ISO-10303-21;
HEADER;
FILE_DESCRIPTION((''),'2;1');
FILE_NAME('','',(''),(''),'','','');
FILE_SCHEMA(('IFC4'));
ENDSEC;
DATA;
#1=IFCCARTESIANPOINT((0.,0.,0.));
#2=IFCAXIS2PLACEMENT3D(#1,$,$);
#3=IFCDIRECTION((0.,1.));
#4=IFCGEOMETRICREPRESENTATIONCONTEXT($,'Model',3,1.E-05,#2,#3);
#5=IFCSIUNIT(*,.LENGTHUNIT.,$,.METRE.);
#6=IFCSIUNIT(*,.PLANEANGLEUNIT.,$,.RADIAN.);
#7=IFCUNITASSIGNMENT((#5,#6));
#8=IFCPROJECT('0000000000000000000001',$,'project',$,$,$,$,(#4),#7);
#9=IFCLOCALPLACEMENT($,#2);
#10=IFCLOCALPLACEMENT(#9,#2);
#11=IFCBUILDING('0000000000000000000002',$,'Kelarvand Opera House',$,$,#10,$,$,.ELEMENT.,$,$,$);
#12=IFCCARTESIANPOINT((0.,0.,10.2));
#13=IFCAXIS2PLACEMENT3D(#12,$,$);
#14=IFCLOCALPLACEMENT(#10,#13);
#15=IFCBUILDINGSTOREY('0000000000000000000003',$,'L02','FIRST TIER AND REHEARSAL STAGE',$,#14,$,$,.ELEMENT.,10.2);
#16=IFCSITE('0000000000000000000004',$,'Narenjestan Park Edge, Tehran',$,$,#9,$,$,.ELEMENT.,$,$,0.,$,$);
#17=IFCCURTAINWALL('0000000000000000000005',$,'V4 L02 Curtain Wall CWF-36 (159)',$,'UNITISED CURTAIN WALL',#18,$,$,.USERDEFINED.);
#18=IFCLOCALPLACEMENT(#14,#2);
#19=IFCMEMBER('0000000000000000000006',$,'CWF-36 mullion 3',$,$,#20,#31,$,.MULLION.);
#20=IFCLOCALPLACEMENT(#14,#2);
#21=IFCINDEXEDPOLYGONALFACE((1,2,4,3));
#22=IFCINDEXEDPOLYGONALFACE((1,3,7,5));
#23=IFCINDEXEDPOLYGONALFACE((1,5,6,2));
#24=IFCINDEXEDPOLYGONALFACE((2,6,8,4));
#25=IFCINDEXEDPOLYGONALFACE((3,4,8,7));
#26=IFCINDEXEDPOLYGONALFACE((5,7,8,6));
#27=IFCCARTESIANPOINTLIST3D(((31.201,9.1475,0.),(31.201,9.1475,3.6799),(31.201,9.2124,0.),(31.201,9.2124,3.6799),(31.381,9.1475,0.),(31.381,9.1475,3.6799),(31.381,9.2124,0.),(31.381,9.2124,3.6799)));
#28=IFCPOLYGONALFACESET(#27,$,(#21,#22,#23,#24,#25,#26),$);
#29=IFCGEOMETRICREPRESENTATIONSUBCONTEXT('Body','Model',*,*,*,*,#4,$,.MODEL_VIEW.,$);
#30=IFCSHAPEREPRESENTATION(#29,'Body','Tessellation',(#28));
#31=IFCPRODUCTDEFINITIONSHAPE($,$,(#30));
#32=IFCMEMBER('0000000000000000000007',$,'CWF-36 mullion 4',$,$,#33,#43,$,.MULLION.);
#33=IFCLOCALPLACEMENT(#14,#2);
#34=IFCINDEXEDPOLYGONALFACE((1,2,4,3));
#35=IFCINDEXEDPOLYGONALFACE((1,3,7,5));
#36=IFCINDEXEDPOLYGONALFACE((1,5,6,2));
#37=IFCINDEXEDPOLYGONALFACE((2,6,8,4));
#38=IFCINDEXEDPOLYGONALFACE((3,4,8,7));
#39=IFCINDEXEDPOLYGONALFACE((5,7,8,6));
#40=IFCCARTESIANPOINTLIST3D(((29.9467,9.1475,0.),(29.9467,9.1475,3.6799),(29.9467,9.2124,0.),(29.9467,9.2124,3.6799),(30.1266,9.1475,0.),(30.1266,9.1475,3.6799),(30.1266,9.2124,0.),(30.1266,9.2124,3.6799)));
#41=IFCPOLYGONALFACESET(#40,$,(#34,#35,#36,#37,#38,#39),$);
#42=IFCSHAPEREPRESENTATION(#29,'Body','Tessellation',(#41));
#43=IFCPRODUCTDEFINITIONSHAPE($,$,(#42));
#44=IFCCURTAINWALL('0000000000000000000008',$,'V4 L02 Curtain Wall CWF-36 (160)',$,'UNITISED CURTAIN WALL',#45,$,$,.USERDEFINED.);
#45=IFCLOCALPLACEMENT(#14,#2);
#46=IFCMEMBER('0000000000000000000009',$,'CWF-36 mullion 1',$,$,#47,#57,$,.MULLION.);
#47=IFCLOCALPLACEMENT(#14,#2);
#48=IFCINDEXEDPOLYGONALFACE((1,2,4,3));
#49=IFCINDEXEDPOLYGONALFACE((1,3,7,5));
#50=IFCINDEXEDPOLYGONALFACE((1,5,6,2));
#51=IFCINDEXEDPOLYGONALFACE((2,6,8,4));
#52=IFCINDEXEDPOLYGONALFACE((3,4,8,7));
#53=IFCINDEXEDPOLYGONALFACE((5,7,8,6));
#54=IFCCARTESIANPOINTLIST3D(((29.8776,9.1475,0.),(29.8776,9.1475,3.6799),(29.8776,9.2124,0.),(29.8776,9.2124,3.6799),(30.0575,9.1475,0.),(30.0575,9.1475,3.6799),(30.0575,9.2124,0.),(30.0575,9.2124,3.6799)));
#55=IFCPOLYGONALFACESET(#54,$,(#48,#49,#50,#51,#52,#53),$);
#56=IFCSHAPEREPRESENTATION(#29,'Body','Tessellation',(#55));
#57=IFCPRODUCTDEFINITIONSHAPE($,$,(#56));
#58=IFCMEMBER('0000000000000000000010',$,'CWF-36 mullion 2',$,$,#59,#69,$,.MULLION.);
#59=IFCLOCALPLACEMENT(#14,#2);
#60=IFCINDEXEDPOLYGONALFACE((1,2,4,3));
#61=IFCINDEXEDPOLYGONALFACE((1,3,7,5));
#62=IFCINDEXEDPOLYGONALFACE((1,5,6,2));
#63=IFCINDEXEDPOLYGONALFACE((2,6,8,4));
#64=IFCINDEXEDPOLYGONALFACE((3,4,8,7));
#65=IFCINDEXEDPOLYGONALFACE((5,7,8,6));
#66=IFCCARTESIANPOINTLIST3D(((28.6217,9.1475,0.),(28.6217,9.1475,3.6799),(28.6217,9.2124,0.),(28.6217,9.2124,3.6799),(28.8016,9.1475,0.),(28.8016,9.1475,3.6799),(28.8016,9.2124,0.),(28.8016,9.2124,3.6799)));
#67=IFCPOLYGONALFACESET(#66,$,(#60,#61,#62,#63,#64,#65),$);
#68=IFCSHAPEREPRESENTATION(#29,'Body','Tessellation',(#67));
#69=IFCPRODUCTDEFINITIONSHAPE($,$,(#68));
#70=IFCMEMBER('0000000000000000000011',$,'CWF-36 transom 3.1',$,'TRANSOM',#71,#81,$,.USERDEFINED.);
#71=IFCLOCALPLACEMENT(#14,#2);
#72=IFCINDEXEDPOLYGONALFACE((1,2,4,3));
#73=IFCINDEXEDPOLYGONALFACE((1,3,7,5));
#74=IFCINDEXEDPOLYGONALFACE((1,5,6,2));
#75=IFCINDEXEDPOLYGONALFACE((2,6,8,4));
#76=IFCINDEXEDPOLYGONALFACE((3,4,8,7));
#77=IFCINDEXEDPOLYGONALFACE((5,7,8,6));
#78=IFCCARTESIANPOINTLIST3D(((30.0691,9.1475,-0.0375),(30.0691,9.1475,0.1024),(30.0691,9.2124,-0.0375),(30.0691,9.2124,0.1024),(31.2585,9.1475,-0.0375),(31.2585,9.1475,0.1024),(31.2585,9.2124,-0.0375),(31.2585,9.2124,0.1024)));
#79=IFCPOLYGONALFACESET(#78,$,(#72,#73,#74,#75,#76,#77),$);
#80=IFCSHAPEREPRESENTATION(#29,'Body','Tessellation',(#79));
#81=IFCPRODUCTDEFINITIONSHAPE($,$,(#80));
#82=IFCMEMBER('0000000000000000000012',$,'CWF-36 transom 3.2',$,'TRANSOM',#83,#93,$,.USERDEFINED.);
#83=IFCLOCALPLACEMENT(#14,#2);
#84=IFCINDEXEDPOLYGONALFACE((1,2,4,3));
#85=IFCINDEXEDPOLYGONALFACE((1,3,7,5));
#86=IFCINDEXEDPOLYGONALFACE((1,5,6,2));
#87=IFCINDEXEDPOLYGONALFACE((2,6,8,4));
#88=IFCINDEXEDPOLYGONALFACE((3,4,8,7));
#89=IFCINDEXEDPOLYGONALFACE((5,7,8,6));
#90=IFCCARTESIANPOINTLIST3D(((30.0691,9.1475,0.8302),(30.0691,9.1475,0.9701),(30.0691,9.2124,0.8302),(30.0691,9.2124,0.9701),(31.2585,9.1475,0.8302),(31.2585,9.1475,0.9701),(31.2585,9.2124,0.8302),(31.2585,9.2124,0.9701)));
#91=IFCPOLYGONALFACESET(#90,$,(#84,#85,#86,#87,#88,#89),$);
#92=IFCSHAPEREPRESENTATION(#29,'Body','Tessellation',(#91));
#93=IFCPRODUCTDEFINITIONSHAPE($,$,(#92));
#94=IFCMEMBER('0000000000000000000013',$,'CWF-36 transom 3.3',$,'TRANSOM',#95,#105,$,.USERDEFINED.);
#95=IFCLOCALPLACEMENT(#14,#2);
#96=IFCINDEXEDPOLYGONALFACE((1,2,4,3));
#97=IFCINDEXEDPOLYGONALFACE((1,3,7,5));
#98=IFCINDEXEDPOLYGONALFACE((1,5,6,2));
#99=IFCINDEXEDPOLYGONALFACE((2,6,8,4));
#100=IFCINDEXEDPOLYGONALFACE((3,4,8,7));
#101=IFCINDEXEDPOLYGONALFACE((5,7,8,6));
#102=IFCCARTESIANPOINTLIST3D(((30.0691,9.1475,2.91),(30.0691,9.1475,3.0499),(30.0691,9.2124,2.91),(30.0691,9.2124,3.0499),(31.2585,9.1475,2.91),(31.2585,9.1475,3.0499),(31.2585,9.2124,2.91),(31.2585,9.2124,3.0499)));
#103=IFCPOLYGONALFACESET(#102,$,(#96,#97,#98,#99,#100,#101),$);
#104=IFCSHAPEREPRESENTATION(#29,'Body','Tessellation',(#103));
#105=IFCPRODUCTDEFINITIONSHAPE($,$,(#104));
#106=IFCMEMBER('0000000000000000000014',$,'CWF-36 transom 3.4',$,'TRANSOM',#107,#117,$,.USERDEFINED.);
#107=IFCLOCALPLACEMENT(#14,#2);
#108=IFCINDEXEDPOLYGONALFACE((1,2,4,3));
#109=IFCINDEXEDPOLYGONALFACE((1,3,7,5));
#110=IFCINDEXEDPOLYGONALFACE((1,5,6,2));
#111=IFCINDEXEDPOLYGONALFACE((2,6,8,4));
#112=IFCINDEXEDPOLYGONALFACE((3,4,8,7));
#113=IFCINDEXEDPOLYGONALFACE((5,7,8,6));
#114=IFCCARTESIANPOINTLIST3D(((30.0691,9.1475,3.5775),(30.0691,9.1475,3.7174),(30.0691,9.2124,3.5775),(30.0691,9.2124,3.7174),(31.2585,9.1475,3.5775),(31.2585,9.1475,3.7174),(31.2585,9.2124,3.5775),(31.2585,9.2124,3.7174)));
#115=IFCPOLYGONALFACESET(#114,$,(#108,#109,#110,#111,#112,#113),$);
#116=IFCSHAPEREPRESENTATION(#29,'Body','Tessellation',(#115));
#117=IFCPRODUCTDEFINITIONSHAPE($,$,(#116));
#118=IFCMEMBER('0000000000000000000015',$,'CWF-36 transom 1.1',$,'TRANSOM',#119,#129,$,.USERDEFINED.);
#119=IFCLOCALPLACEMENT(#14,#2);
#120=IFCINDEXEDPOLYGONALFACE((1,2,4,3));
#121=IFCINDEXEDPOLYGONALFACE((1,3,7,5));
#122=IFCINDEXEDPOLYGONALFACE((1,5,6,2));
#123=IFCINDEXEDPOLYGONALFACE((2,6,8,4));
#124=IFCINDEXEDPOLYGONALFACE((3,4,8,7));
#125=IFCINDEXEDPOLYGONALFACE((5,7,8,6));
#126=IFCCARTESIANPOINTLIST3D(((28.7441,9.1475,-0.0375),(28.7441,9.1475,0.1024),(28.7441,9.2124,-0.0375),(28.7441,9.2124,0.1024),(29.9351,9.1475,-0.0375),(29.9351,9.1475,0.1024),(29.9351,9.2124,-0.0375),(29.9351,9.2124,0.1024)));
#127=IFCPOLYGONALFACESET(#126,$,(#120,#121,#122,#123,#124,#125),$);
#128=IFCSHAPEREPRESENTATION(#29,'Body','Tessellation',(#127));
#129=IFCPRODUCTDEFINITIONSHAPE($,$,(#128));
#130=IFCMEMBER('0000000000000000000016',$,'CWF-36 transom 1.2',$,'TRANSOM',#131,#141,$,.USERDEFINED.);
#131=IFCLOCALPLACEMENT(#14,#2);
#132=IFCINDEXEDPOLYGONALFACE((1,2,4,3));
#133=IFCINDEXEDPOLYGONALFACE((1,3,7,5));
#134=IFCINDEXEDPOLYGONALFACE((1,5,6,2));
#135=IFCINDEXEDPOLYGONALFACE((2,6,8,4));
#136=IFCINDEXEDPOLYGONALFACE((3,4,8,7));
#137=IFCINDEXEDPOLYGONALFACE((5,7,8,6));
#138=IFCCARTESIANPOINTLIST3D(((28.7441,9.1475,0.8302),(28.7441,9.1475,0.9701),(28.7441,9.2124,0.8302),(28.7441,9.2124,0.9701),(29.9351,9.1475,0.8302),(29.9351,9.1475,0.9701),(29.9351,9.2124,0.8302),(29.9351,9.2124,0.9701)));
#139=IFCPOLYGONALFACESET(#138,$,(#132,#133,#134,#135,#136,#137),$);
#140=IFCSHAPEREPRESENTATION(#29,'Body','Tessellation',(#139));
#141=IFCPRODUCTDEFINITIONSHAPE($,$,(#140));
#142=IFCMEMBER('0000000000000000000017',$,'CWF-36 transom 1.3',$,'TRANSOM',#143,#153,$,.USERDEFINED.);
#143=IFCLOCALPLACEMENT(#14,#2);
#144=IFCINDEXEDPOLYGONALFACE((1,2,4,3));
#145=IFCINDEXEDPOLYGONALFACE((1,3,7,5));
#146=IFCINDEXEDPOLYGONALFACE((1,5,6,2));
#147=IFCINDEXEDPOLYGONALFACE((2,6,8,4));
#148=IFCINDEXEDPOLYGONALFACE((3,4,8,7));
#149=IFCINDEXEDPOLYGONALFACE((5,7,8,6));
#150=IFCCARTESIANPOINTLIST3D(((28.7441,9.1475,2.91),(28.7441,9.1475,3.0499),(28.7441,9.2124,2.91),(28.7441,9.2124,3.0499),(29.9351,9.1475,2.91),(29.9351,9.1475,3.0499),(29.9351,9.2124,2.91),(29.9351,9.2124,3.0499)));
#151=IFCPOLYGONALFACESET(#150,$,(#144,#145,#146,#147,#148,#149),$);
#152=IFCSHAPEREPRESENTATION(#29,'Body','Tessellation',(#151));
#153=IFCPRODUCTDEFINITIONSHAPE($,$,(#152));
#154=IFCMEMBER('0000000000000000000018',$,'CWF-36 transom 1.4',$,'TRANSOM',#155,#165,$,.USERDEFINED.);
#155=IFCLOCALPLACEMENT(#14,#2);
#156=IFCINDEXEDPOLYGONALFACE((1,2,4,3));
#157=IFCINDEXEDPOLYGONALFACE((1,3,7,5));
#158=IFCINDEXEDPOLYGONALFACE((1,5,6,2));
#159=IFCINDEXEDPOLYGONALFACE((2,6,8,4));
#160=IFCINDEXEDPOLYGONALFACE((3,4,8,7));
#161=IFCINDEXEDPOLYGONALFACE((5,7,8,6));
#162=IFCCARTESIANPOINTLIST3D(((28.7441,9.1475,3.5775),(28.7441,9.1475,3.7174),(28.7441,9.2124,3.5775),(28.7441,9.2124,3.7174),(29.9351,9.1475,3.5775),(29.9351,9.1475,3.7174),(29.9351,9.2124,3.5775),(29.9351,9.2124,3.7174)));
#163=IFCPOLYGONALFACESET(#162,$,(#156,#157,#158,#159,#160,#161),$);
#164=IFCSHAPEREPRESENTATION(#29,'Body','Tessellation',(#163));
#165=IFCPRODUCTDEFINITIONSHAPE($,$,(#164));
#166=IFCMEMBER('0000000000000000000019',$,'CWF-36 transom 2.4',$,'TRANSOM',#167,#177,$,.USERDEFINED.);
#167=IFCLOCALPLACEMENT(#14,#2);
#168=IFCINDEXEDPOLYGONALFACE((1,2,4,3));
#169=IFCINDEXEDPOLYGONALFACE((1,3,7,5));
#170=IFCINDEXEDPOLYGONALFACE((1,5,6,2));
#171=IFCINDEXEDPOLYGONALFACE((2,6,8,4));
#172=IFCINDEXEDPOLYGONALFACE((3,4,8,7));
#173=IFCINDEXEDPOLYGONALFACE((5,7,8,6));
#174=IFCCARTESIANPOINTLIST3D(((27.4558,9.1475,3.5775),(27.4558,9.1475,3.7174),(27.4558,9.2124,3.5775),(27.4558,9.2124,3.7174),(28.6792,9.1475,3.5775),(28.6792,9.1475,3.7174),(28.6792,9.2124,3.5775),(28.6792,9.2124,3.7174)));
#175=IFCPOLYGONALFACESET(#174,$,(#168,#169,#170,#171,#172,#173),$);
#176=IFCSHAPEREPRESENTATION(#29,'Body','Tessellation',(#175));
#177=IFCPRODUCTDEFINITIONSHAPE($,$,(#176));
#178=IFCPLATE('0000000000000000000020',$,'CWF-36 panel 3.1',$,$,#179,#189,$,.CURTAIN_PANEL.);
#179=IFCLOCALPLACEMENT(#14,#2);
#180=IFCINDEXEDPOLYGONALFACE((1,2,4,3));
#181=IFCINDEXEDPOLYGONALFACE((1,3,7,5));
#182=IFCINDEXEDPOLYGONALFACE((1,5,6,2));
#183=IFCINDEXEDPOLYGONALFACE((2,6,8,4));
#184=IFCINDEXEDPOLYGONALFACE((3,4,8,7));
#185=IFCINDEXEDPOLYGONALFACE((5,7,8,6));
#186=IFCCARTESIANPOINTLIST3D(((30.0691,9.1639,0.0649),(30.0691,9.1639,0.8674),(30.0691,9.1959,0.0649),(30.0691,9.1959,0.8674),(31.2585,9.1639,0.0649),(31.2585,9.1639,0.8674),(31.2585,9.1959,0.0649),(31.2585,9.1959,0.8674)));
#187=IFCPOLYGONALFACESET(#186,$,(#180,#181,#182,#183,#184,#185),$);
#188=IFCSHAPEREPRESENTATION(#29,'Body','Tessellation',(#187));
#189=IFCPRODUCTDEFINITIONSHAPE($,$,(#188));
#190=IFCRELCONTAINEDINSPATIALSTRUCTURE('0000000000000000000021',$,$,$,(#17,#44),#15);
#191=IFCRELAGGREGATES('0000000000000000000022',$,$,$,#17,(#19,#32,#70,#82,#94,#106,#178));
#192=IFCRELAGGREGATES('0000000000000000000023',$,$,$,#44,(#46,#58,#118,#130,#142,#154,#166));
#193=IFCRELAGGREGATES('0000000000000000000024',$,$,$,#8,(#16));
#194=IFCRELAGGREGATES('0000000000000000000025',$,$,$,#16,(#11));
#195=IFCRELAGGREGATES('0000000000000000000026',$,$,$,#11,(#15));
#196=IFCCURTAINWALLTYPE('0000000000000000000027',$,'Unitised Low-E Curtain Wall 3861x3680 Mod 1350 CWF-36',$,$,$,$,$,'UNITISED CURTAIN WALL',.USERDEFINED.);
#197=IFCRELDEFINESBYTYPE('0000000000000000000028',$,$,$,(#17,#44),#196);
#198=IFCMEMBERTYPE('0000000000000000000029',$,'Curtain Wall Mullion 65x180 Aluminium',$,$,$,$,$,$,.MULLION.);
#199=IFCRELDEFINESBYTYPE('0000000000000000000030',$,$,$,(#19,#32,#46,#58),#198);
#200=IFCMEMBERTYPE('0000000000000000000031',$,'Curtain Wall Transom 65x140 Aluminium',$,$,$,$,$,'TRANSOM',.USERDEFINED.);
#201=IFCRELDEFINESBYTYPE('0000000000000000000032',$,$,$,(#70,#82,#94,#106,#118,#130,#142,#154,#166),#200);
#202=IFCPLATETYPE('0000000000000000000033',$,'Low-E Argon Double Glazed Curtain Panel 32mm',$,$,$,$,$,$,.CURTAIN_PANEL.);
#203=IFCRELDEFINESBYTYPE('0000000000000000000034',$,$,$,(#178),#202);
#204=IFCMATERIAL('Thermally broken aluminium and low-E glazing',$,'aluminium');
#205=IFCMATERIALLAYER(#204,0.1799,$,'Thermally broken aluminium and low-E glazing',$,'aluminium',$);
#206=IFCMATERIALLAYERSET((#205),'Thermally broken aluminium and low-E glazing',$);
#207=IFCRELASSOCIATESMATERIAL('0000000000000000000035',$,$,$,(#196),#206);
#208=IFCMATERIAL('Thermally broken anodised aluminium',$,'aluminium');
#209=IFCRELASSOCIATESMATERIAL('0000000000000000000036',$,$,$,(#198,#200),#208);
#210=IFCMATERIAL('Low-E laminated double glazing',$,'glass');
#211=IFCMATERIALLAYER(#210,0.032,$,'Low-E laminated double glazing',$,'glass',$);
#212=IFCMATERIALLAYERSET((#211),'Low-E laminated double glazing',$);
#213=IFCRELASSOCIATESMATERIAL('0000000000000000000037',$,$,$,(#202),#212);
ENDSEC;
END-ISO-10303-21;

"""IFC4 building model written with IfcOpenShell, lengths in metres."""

from ifc_helpers import new_model, si_unit, direction, frame, origin, origin_2d, place, context, subcontext, project, spatial, rectangle, extrude, material, layer, layer_set, material_profile, profile_set, type_object, element, aggregate, save


model = new_model("IFC4")

# Units and contexts
model_context = context("Model", 3, precision=1e-05, world=origin(), true_north=direction((0.0, 1.0)))
body_context = subcontext(model_context, "Body", "Model", "MODEL_VIEW")
ifc_project = project(units=[si_unit("LENGTHUNIT", "METRE"), si_unit("PLANEANGLEUNIT", "RADIAN")], contexts=[model_context])

# Site, building, storey
site_placement = place(None, origin())
site = spatial("IfcSite", under=ifc_project, at=site_placement, Name="Narenjestan Park Edge, Tehran", CompositionType="ELEMENT", RefElevation=0.0)
building_placement = place(site_placement, origin())
building = spatial("IfcBuilding", under=site, at=building_placement, Name="Kelarvand Opera House", CompositionType="ELEMENT")
storey_placement = place(building_placement, frame((0.0, 0.0, 10.2)))
storey = spatial("IfcBuildingStorey", under=building, at=storey_placement, Name="L02", Description="FIRST TIER AND REHEARSAL STAGE", CompositionType="ELEMENT", Elevation=10.2)

# Curtain walls, members
ifc_material_1 = material(Name="Thermally broken aluminium and low-E glazing", Category="aluminium")
ifc_layer_1 = layer(ifc_material_1, 0.1799, Name="Thermally broken aluminium and low-E glazing", Category="aluminium")
ifc_layer_set_1 = layer_set([ifc_layer_1], Name="Thermally broken aluminium and low-E glazing")
curtain_wall_type = type_object("IfcCurtainWallType", Name="Unitised Low-E Curtain Wall 3861x3680 Mod 1350 CWF-36", ElementType="UNITISED CURTAIN WALL", PredefinedType="USERDEFINED", material=ifc_layer_set_1)
curtain_wall_1_placement = place(storey_placement, origin())
curtain_wall_1 = element("IfcCurtainWall", 1, at=curtain_wall_1_placement, inside=storey, type_object=curtain_wall_type, Name="V4 L02 Curtain Wall CWF-36 (159)", ObjectType="UNITISED CURTAIN WALL", PredefinedType="USERDEFINED")
ifc_material_2 = material(Name="Thermally broken anodised aluminium", Category="aluminium")
ifc_material_profile_1 = material_profile(ifc_material_2, rectangle(XDim=0.0649, YDim=0.1799, at=origin_2d()), Name="ALU MULLION 65x180", Category="aluminium")
ifc_profile_set_1 = profile_set([ifc_material_profile_1], Name="Thermally broken anodised aluminium")
member_type_1 = type_object("IfcMemberType", Name="Curtain Wall Mullion 65x180 Aluminium", PredefinedType="MULLION", material=ifc_profile_set_1)
member_1_placement = place(storey_placement, frame((31.291, 9.1799, 0.0), z_axis=(0.0, 0.0, 1.0), x_axis=(0.0, -1.0, 0.0)))
member_1 = element("IfcMember", 2, at=member_1_placement, type_object=member_type_1, Name="CWF-36 mullion 3", PredefinedType="MULLION", context=body_context, shape_type="SweptSolid", body=[
    extrude(rectangle(XDim=0.0649, YDim=0.1799, at=origin_2d()), origin(), (0.0, 0.0, 1.0), 3.6799),
])
member_2_placement = place(storey_placement, frame((30.0366, 9.1799, 0.0), z_axis=(0.0, 0.0, 1.0), x_axis=(0.0, -1.0, 0.0)))
member_2 = element("IfcMember", 3, at=member_2_placement, type_object=member_type_1, Name="CWF-36 mullion 4", PredefinedType="MULLION", context=body_context, shape_type="SweptSolid", body=[
    extrude(rectangle(XDim=0.0649, YDim=0.1799, at=origin_2d()), origin(), (0.0, 0.0, 1.0), 3.6799),
])
curtain_wall_2_placement = place(storey_placement, origin())
curtain_wall_2 = element("IfcCurtainWall", 4, at=curtain_wall_2_placement, inside=storey, type_object=curtain_wall_type, Name="V4 L02 Curtain Wall CWF-36 (160)", ObjectType="UNITISED CURTAIN WALL", PredefinedType="USERDEFINED")
member_3_placement = place(storey_placement, frame((29.9675, 9.1799, 0.0), z_axis=(0.0, 0.0, 1.0), x_axis=(0.0, -1.0, 0.0)))
member_3 = element("IfcMember", 5, at=member_3_placement, type_object=member_type_1, Name="CWF-36 mullion 1", PredefinedType="MULLION", context=body_context, shape_type="SweptSolid", body=[
    extrude(rectangle(XDim=0.0649, YDim=0.1799, at=origin_2d()), origin(), (0.0, 0.0, 1.0), 3.6799),
])
member_4_placement = place(storey_placement, frame((28.7117, 9.1799, 0.0), z_axis=(0.0, 0.0, 1.0), x_axis=(0.0, -1.0, 0.0)))
member_4 = element("IfcMember", 6, at=member_4_placement, type_object=member_type_1, Name="CWF-36 mullion 2", PredefinedType="MULLION", context=body_context, shape_type="SweptSolid", body=[
    extrude(rectangle(XDim=0.0649, YDim=0.1799, at=origin_2d()), origin(), (0.0, 0.0, 1.0), 3.6799),
])

# Members
ifc_material_profile_2 = material_profile(ifc_material_2, rectangle(XDim=0.0649, YDim=0.1399, at=origin_2d()), Name="ALU TRANSOM 65x140", Category="aluminium")
ifc_profile_set_2 = profile_set([ifc_material_profile_2], Name="Thermally broken anodised aluminium")
member_type_2 = type_object("IfcMemberType", Name="Curtain Wall Transom 65x140 Aluminium", ElementType="TRANSOM", PredefinedType="USERDEFINED", material=ifc_profile_set_2)
member_5_placement = place(storey_placement, frame((31.2585, 9.1799, 0.0325), z_axis=(-1.0, 0.0, 0.0), x_axis=(0.0, -1.0, 0.0)))
member_5 = element("IfcMember", 7, at=member_5_placement, type_object=member_type_2, Name="CWF-36 transom 3.1", ObjectType="TRANSOM", PredefinedType="USERDEFINED", context=body_context, shape_type="SweptSolid", body=[
    extrude(rectangle(XDim=0.0649, YDim=0.1399, at=origin_2d()), origin(), (0.0, 0.0, 1.0), 1.1895),
])
member_6_placement = place(storey_placement, frame((31.2585, 9.1799, 0.9001), z_axis=(-1.0, 0.0, 0.0), x_axis=(0.0, -1.0, 0.0)))
member_6 = element("IfcMember", 8, at=member_6_placement, type_object=member_type_2, Name="CWF-36 transom 3.2", ObjectType="TRANSOM", PredefinedType="USERDEFINED", context=body_context, shape_type="SweptSolid", body=[
    extrude(rectangle(XDim=0.0649, YDim=0.1399, at=origin_2d()), origin(), (0.0, 0.0, 1.0), 1.1895),
])
member_7_placement = place(storey_placement, frame((31.2585, 9.1799, 2.98), z_axis=(-1.0, 0.0, 0.0), x_axis=(0.0, -1.0, 0.0)))
member_7 = element("IfcMember", 9, at=member_7_placement, type_object=member_type_2, Name="CWF-36 transom 3.3", ObjectType="TRANSOM", PredefinedType="USERDEFINED", context=body_context, shape_type="SweptSolid", body=[
    extrude(rectangle(XDim=0.0649, YDim=0.1399, at=origin_2d()), origin(), (0.0, 0.0, 1.0), 1.1895),
])
member_8_placement = place(storey_placement, frame((31.2585, 9.1799, 3.6475), z_axis=(-1.0, 0.0, 0.0), x_axis=(0.0, -1.0, 0.0)))
member_8 = element("IfcMember", 10, at=member_8_placement, type_object=member_type_2, Name="CWF-36 transom 3.4", ObjectType="TRANSOM", PredefinedType="USERDEFINED", context=body_context, shape_type="SweptSolid", body=[
    extrude(rectangle(XDim=0.0649, YDim=0.1399, at=origin_2d()), origin(), (0.0, 0.0, 1.0), 1.1895),
])
member_9_placement = place(storey_placement, frame((29.9351, 9.1799, 0.0325), z_axis=(-1.0, 0.0, 0.0), x_axis=(0.0, -1.0, 0.0)))
member_9 = element("IfcMember", 11, at=member_9_placement, type_object=member_type_2, Name="CWF-36 transom 1.1", ObjectType="TRANSOM", PredefinedType="USERDEFINED", context=body_context, shape_type="SweptSolid", body=[
    extrude(rectangle(XDim=0.0649, YDim=0.1399, at=origin_2d()), origin(), (0.0, 0.0, 1.0), 1.1909),
])
member_10_placement = place(storey_placement, frame((29.9351, 9.1799, 0.9001), z_axis=(-1.0, 0.0, 0.0), x_axis=(0.0, -1.0, 0.0)))
member_10 = element("IfcMember", 12, at=member_10_placement, type_object=member_type_2, Name="CWF-36 transom 1.2", ObjectType="TRANSOM", PredefinedType="USERDEFINED", context=body_context, shape_type="SweptSolid", body=[
    extrude(rectangle(XDim=0.0649, YDim=0.1399, at=origin_2d()), origin(), (0.0, 0.0, 1.0), 1.1909),
])
member_11_placement = place(storey_placement, frame((29.9351, 9.1799, 2.98), z_axis=(-1.0, 0.0, 0.0), x_axis=(0.0, -1.0, 0.0)))
member_11 = element("IfcMember", 13, at=member_11_placement, type_object=member_type_2, Name="CWF-36 transom 1.3", ObjectType="TRANSOM", PredefinedType="USERDEFINED", context=body_context, shape_type="SweptSolid", body=[
    extrude(rectangle(XDim=0.0649, YDim=0.1399, at=origin_2d()), origin(), (0.0, 0.0, 1.0), 1.1909),
])
member_12_placement = place(storey_placement, frame((29.9351, 9.1799, 3.6475), z_axis=(-1.0, 0.0, 0.0), x_axis=(0.0, -1.0, 0.0)))
member_12 = element("IfcMember", 14, at=member_12_placement, type_object=member_type_2, Name="CWF-36 transom 1.4", ObjectType="TRANSOM", PredefinedType="USERDEFINED", context=body_context, shape_type="SweptSolid", body=[
    extrude(rectangle(XDim=0.0649, YDim=0.1399, at=origin_2d()), origin(), (0.0, 0.0, 1.0), 1.1909),
])
member_13_placement = place(storey_placement, frame((28.6792, 9.1799, 3.6475), z_axis=(-1.0, 0.0, 0.0), x_axis=(0.0, -1.0, 0.0)))
member_13 = element("IfcMember", 15, at=member_13_placement, type_object=member_type_2, Name="CWF-36 transom 2.4", ObjectType="TRANSOM", PredefinedType="USERDEFINED", context=body_context, shape_type="SweptSolid", body=[
    extrude(rectangle(XDim=0.0649, YDim=0.1399, at=origin_2d()), origin(), (0.0, 0.0, 1.0), 1.2234),
])

# Plate
ifc_material_3 = material(Name="Low-E laminated double glazing", Category="glass")
ifc_layer_2 = layer(ifc_material_3, 0.032, Name="Low-E laminated double glazing", Category="glass")
ifc_layer_set_2 = layer_set([ifc_layer_2], Name="Low-E laminated double glazing")
plate_type = type_object("IfcPlateType", Name="Low-E Argon Double Glazed Curtain Panel 32mm", PredefinedType="CURTAIN_PANEL", material=ifc_layer_set_2)
plate_1_placement = place(storey_placement, frame((30.6638, 9.1799, 0.0649), z_axis=(0.0, 0.0, 1.0), x_axis=(-1.0, 0.0, 0.0)))
plate_1 = element("IfcPlate", 16, at=plate_1_placement, type_object=plate_type, Name="CWF-36 panel 3.1", PredefinedType="CURTAIN_PANEL", context=body_context, shape_type="SweptSolid", body=[
    extrude(rectangle(XDim=1.1895, YDim=0.032, at=origin_2d()), origin(), (0.0, 0.0, 1.0), 0.8025),
])
aggregate(curtain_wall_1, [member_1, member_2, member_5, member_6, member_7, member_8, plate_1])
aggregate(curtain_wall_2, [member_3, member_4, member_9, member_10, member_11, member_12, member_13])

save(model, "model.ifc")
